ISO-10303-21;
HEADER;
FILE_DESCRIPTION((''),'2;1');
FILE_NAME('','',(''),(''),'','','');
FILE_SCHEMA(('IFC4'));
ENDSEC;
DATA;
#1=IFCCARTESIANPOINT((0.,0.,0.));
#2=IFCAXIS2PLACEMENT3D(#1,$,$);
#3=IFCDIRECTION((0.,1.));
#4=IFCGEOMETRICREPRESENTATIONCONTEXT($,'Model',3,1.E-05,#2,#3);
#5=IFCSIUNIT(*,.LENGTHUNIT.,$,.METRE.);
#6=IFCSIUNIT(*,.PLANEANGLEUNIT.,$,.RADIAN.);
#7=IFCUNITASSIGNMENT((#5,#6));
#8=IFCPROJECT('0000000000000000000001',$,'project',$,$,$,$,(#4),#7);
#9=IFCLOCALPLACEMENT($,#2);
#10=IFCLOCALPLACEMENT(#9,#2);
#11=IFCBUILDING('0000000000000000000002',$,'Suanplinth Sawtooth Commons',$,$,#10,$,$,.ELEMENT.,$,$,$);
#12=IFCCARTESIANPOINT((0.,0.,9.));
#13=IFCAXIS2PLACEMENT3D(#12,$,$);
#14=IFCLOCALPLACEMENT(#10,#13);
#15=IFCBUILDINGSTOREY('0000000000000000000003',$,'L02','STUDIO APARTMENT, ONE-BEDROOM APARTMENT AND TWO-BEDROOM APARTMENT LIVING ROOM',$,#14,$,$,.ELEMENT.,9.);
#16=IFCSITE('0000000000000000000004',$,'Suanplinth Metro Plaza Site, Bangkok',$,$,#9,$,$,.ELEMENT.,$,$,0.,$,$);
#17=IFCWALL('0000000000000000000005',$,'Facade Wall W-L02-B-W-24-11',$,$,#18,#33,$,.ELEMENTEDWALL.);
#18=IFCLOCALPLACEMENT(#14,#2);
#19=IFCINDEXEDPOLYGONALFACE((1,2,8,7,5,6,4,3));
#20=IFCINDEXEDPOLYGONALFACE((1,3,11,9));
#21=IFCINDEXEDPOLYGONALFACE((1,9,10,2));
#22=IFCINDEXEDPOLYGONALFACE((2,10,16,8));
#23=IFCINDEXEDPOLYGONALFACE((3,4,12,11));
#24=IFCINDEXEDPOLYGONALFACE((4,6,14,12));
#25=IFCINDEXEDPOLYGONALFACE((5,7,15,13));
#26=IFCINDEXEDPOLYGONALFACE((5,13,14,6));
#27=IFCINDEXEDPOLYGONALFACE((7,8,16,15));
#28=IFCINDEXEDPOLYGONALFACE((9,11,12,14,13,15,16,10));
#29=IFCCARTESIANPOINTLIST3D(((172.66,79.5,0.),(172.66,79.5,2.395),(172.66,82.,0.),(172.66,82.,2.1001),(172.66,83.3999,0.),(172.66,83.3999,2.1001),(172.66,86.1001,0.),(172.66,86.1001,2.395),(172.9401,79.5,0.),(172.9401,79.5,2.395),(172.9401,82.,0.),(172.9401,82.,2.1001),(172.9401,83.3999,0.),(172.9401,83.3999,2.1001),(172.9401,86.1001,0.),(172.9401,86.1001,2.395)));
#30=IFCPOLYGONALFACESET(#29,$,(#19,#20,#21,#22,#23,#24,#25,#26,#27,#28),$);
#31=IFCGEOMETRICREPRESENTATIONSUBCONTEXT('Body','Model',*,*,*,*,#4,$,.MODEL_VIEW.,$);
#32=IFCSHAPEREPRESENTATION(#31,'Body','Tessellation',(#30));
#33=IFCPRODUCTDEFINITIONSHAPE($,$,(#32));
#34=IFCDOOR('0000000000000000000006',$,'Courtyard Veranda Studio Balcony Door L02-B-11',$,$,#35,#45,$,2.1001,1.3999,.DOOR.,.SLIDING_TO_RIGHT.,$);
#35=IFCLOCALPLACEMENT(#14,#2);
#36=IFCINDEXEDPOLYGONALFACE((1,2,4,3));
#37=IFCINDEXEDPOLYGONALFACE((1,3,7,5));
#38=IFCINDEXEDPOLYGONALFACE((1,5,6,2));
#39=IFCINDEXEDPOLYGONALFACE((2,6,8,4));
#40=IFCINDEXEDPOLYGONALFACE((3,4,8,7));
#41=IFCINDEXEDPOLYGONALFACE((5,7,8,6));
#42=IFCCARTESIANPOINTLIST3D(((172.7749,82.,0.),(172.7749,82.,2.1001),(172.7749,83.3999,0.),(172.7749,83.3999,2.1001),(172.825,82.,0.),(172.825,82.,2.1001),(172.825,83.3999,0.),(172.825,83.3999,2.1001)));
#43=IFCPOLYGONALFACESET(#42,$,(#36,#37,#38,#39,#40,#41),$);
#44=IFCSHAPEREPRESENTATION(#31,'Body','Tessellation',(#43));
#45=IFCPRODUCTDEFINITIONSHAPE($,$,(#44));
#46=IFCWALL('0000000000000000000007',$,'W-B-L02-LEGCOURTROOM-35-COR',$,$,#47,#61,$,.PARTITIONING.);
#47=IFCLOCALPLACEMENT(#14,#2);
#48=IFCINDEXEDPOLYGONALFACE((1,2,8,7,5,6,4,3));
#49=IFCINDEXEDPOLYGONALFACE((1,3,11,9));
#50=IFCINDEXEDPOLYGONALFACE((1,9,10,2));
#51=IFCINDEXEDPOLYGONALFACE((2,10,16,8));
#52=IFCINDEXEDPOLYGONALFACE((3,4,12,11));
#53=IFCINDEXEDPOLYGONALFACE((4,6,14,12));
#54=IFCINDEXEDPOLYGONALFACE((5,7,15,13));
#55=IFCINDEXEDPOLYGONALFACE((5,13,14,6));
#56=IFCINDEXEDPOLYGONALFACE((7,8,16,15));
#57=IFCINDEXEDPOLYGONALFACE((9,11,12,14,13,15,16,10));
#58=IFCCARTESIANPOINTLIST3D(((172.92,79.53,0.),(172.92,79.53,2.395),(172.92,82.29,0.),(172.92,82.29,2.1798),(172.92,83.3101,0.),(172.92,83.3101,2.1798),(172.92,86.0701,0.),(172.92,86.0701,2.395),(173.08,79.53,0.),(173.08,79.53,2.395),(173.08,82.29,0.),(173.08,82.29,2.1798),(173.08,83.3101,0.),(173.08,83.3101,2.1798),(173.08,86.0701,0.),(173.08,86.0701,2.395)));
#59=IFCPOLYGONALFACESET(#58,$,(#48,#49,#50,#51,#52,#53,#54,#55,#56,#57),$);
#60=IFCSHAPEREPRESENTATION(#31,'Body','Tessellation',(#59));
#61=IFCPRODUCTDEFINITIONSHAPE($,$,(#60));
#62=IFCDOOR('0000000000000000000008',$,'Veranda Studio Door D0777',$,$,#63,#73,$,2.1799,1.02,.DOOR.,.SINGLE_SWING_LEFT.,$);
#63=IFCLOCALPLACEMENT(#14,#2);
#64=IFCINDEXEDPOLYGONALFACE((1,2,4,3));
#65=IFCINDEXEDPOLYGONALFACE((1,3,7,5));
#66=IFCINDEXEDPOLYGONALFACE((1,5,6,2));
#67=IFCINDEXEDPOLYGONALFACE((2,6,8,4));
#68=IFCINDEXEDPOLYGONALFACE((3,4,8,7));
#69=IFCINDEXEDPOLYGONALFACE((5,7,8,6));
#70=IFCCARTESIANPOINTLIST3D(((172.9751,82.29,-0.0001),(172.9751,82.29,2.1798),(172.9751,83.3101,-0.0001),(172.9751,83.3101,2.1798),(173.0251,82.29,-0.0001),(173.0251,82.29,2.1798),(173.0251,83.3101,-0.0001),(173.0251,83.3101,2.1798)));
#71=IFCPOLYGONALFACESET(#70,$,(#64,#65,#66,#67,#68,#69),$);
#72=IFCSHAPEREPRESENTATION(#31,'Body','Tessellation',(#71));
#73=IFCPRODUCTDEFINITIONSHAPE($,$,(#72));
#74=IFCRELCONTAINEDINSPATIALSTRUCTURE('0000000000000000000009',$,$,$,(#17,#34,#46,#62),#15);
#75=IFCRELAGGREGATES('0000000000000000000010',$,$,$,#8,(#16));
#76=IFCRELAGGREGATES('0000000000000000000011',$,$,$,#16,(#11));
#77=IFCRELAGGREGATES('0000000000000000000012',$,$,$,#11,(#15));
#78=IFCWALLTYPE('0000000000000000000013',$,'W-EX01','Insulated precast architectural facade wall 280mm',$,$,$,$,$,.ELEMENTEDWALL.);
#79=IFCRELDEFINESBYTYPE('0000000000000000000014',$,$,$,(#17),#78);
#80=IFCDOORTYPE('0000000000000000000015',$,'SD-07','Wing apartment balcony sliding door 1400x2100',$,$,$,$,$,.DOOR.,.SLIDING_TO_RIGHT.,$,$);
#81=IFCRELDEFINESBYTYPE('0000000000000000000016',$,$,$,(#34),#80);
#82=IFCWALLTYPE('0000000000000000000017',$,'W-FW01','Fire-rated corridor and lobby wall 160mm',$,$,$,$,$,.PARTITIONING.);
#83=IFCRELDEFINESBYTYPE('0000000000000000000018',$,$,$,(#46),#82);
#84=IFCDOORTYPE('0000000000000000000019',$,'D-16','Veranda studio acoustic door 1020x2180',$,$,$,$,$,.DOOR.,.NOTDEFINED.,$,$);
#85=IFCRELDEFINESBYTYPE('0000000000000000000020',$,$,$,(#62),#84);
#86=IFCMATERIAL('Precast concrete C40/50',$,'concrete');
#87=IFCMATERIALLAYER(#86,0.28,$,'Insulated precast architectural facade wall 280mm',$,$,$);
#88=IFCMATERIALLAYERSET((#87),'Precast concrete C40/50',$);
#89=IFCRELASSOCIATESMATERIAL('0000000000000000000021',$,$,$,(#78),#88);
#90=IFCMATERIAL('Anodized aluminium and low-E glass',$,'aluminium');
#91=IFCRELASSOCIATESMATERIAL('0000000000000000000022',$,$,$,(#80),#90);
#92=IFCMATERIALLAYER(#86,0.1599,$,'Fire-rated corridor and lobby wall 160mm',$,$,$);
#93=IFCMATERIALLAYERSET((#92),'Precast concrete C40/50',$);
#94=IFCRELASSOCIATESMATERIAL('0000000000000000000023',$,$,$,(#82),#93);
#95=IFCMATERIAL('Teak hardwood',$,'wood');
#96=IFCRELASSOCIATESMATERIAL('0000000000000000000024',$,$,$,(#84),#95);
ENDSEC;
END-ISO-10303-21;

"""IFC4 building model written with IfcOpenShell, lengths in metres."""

from ifc_helpers import new_model, si_unit, direction, frame, frame_2d, origin, place, context, subcontext, project, spatial, rectangle, extrude, material, layer, layer_set, type_object, element, fill, save


model = new_model("IFC4")

# Units and contexts
model_context = context("Model", 3, precision=1e-05, world=origin(), true_north=direction((0.0, 1.0)))
body_context = subcontext(model_context, "Body", "Model", "MODEL_VIEW")
ifc_project = project(units=[si_unit("LENGTHUNIT", "METRE"), si_unit("PLANEANGLEUNIT", "RADIAN")], contexts=[model_context])

# Site, building, storey
site_placement = place(None, origin())
site = spatial("IfcSite", under=ifc_project, at=site_placement, Name="Suanplinth Metro Plaza Site, Bangkok", CompositionType="ELEMENT", RefElevation=0.0)
building_placement = place(site_placement, origin())
building = spatial("IfcBuilding", under=site, at=building_placement, Name="Suanplinth Sawtooth Commons", CompositionType="ELEMENT")
storey_placement = place(building_placement, frame((0.0, 0.0, 9.0)))
storey = spatial("IfcBuildingStorey", under=building, at=storey_placement, Name="L02", Description="STUDIO APARTMENT, ONE-BEDROOM APARTMENT AND TWO-BEDROOM APARTMENT LIVING ROOM", CompositionType="ELEMENT", Elevation=9.0)

# Shared definitions
ifc_material_1 = material(Name="Precast concrete C40/50", Category="concrete")

# Shared definitions
ifc_layer_1 = layer(ifc_material_1, 0.28, Name="Insulated precast architectural facade wall 280mm")
ifc_layer_set_1 = layer_set([ifc_layer_1], Name="Precast concrete C40/50")
wall_type_1 = type_object("IfcWallType", Name="W-EX01", Description="Insulated precast architectural facade wall 280mm", PredefinedType="ELEMENTEDWALL", material=ifc_layer_set_1)

# Walls, openings, doors
wall_1_placement = place(storey_placement, frame((172.8, 79.5, 0.0), z_axis=(0.0, 0.0, 1.0), x_axis=(0.0, 1.0, 0.0)))
wall_1 = element("IfcWall", 1, at=wall_1_placement, inside=storey, type_object=wall_type_1, Name="Facade Wall W-L02-B-W-24-11", PredefinedType="ELEMENTEDWALL", context=body_context, shape_type="SweptSolid", body=[
    extrude(rectangle(XDim=6.6001, YDim=0.28, at=frame_2d((3.3, 0.0))), origin(), (0.0, 0.0, 1.0), 2.395),
])
opening_1_placement = place(wall_1_placement, frame((2.5, 0.0, 0.0)))
opening_1 = element("IfcOpeningElement", 2, at=opening_1_placement, cuts=wall_1, PredefinedType="OPENING", context=body_context, shape_type="SweptSolid", body=[
    extrude(rectangle(XDim=1.3999, YDim=2.1001, at=frame_2d((0.7, 1.05))), frame((0.0, 0.1548, 0.0), z_axis=(0.0, -1.0, 0.0), x_axis=(1.0, 0.0, 0.0)), (0.0, 0.0, 1.0), 0.3098),
])
ifc_material_2 = material(Name="Anodized aluminium and low-E glass", Category="aluminium")
door_type_1 = type_object("IfcDoorType", Name="SD-07", Description="Wing apartment balcony sliding door 1400x2100", OperationType="SLIDING_TO_RIGHT", PredefinedType="DOOR", material=ifc_material_2)
door_1_placement = place(opening_1_placement, frame((1.3999, 0.0, 0.0), z_axis=(0.0, 0.0, 1.0), x_axis=(-1.0, 0.0, 0.0)))
door_1 = element("IfcDoor", 3, at=door_1_placement, inside=storey, type_object=door_type_1, Name="Courtyard Veranda Studio Balcony Door L02-B-11", OperationType="SLIDING_TO_RIGHT", OverallHeight=2.1001, OverallWidth=1.3999, PredefinedType="DOOR", context=body_context, shape_type="SweptSolid", body=[
    extrude(rectangle(XDim=1.3999, YDim=2.1001, at=frame_2d((0.7, 1.05))), frame((0.0, 0.0249, 0.0), z_axis=(0.0, -1.0, 0.0), x_axis=(1.0, 0.0, 0.0)), (0.0, 0.0, 1.0), 0.05),
])
fill(opening_1, door_1)
ifc_layer_2 = layer(ifc_material_1, 0.1599, Name="Fire-rated corridor and lobby wall 160mm")
ifc_layer_set_2 = layer_set([ifc_layer_2], Name="Precast concrete C40/50")
wall_type_2 = type_object("IfcWallType", Name="W-FW01", Description="Fire-rated corridor and lobby wall 160mm", PredefinedType="PARTITIONING", material=ifc_layer_set_2)
wall_2_placement = place(storey_placement, frame((173.0, 79.53, 0.0), z_axis=(0.0, 0.0, 1.0), x_axis=(0.0, 1.0, 0.0)))
wall_2 = element("IfcWall", 4, at=wall_2_placement, inside=storey, type_object=wall_type_2, Name="W-B-L02-LEGCOURTROOM-35-COR", PredefinedType="PARTITIONING", context=body_context, shape_type="SweptSolid", body=[
    extrude(rectangle(XDim=6.54, YDim=0.1599, at=frame_2d((3.27, 0.0))), origin(), (0.0, 0.0, 1.0), 2.395),
])
opening_2_placement = place(wall_2_placement, frame((2.76, 0.0, 0.0)))
opening_2 = element("IfcOpeningElement", 5, at=opening_2_placement, cuts=wall_2, PredefinedType="OPENING", context=body_context, shape_type="SweptSolid", body=[
    extrude(rectangle(XDim=1.02, YDim=2.1799, at=frame_2d((0.51, 1.0898))), frame((0.0, 0.0947, 0.0), z_axis=(0.0, -1.0, 0.0), x_axis=(1.0, 0.0, 0.0)), (0.0, 0.0, 1.0), 0.1897),
])
ifc_material_3 = material(Name="Teak hardwood", Category="wood")
door_type_2 = type_object("IfcDoorType", Name="D-16", Description="Veranda studio acoustic door 1020x2180", OperationType="NOTDEFINED", PredefinedType="DOOR", material=ifc_material_3)
door_2_placement = place(opening_2_placement, origin())
door_2 = element("IfcDoor", 6, at=door_2_placement, inside=storey, type_object=door_type_2, Name="Veranda Studio Door D0777", OperationType="SINGLE_SWING_LEFT", OverallHeight=2.1799, OverallWidth=1.02, PredefinedType="DOOR", context=body_context, shape_type="SweptSolid", body=[
    extrude(rectangle(XDim=1.02, YDim=2.1799, at=frame_2d((0.51, 1.0898))), frame((0.0, 0.0249, 0.0), z_axis=(0.0, -1.0, 0.0), x_axis=(1.0, 0.0, 0.0)), (0.0, 0.0, 1.0), 0.05),
])
fill(opening_2, door_2)

save(model, "model.ifc")
